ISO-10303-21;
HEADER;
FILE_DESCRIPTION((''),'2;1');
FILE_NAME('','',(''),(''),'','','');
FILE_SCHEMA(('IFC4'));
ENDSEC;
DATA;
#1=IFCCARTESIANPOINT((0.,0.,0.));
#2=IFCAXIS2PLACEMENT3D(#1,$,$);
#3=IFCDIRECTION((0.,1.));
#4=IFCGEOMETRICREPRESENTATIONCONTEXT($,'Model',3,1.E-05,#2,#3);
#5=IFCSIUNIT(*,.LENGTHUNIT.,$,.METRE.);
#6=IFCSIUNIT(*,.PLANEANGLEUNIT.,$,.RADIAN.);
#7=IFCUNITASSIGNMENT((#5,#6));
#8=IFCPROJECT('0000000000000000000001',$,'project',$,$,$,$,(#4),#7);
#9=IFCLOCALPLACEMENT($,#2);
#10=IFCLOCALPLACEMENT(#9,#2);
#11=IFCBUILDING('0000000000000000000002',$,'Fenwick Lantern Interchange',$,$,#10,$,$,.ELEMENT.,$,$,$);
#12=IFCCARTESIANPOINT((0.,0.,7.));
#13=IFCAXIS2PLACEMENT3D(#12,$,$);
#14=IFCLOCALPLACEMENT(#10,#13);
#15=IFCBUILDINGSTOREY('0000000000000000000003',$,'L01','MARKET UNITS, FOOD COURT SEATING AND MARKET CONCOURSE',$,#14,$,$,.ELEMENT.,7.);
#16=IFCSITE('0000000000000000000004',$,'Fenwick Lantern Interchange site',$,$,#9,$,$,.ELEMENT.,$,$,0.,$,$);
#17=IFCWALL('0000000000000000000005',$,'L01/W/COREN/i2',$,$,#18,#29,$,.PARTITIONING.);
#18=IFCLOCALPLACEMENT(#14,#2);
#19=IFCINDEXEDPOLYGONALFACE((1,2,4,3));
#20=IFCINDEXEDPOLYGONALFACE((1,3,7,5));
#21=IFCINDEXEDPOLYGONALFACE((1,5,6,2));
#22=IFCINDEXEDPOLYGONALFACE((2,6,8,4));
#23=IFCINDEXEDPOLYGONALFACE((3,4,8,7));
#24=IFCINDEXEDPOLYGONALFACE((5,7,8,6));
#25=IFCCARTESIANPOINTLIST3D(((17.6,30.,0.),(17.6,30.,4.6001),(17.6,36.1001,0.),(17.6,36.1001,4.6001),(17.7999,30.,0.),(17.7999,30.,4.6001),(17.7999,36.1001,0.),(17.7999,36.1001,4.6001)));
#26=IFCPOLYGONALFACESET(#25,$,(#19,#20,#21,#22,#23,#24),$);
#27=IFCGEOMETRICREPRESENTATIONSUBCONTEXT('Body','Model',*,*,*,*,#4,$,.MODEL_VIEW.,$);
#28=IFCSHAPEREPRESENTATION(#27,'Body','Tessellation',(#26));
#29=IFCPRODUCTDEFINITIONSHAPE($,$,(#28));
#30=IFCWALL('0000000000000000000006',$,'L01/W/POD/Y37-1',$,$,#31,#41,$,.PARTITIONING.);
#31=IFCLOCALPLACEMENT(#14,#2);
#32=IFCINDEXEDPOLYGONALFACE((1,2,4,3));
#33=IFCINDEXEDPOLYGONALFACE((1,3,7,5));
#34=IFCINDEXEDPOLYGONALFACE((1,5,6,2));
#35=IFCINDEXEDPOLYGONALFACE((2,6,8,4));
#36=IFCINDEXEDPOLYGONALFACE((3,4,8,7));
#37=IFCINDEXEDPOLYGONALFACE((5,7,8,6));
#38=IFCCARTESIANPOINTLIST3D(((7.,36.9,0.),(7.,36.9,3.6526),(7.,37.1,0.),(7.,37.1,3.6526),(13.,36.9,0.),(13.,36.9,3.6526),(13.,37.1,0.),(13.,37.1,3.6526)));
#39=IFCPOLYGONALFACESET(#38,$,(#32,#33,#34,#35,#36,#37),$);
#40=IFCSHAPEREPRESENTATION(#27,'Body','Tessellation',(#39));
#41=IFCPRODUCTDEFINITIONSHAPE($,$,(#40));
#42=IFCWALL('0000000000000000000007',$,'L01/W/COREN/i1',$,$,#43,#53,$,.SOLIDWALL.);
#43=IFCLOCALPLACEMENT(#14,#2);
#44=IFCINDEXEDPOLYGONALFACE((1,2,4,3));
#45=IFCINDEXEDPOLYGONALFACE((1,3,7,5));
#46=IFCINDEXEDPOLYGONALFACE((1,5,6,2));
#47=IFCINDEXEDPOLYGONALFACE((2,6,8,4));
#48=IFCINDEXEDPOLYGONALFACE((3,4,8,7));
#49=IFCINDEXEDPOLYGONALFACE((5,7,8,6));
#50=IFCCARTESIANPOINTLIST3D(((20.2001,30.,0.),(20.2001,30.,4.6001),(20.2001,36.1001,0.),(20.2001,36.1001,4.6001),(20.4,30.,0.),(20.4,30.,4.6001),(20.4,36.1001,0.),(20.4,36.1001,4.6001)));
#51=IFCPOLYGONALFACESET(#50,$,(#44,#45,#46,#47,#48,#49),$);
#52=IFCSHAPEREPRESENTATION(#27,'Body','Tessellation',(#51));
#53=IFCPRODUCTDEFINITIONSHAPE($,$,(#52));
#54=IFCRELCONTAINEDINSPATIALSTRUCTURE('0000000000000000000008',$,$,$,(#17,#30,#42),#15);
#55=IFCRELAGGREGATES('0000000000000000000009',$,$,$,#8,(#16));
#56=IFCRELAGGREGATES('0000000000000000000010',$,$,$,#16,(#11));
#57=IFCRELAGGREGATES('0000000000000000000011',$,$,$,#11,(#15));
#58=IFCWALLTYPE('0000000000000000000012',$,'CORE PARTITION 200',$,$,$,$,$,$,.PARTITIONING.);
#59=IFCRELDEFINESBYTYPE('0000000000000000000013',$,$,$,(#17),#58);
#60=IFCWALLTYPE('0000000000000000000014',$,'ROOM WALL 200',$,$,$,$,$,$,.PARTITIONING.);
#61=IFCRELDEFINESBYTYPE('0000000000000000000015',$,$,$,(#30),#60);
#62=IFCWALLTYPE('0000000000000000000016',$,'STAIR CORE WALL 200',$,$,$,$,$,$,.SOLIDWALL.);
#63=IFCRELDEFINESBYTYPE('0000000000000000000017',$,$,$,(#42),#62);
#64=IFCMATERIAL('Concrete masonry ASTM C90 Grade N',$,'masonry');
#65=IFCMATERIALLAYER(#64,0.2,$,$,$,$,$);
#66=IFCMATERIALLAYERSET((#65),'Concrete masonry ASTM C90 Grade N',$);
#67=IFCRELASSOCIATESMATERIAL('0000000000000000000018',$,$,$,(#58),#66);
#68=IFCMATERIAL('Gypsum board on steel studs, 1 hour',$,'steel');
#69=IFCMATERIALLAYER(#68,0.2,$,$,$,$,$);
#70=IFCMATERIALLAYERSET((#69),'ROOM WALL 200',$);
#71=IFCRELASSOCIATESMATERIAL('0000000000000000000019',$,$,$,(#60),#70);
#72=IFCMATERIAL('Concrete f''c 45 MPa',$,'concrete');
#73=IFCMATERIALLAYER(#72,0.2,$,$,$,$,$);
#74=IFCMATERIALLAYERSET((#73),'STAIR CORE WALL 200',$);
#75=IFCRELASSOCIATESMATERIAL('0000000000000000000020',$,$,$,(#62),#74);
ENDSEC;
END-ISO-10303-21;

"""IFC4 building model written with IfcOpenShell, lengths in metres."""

from ifc_helpers import new_model, si_unit, direction, frame, frame_2d, origin, place, context, subcontext, project, spatial, rectangle, extrude, material, layer, layer_set, type_object, element, save


model = new_model("IFC4")

# Units and contexts
model_context = context("Model", 3, precision=1e-05, world=origin(), true_north=direction((0.0, 1.0)))
body_context = subcontext(model_context, "Body", "Model", "MODEL_VIEW")
ifc_project = project(units=[si_unit("LENGTHUNIT", "METRE"), si_unit("PLANEANGLEUNIT", "RADIAN")], contexts=[model_context])

# Site, building, storey
site_placement = place(None, origin())
site = spatial("IfcSite", under=ifc_project, at=site_placement, Name="Fenwick Lantern Interchange site", CompositionType="ELEMENT", RefElevation=0.0)
building_placement = place(site_placement, origin())
building = spatial("IfcBuilding", under=site, at=building_placement, Name="Fenwick Lantern Interchange", CompositionType="ELEMENT")
storey_placement = place(building_placement, frame((0.0, 0.0, 7.0)))
storey = spatial("IfcBuildingStorey", under=building, at=storey_placement, Name="L01", Description="MARKET UNITS, FOOD COURT SEATING AND MARKET CONCOURSE", CompositionType="ELEMENT", Elevation=7.0)

# Walls
ifc_material_1 = material(Name="Concrete masonry ASTM C90 Grade N", Category="masonry")
ifc_layer_1 = layer(ifc_material_1, 0.2)
ifc_layer_set_1 = layer_set([ifc_layer_1], Name="Concrete masonry ASTM C90 Grade N")
wall_type_1 = type_object("IfcWallType", Name="CORE PARTITION 200", PredefinedType="PARTITIONING", material=ifc_layer_set_1)
wall_1_placement = place(storey_placement, frame((17.7, 36.1001, 0.0), z_axis=(0.0, 0.0, 1.0), x_axis=(0.0, -1.0, 0.0)))
element("IfcWall", 1, at=wall_1_placement, inside=storey, type_object=wall_type_1, Name="L01/W/COREN/i2", PredefinedType="PARTITIONING", context=body_context, shape_type="SweptSolid", body=[
    extrude(rectangle(XDim=6.1001, YDim=0.2, at=frame_2d((3.05, 0.0))), origin(), (0.0, 0.0, 1.0), 4.6001),
])
ifc_material_2 = material(Name="Gypsum board on steel studs, 1 hour", Category="steel")
ifc_layer_2 = layer(ifc_material_2, 0.2)
ifc_layer_set_2 = layer_set([ifc_layer_2], Name="ROOM WALL 200")
wall_type_2 = type_object("IfcWallType", Name="ROOM WALL 200", PredefinedType="PARTITIONING", material=ifc_layer_set_2)
wall_2_placement = place(storey_placement, frame((7.0, 37.0, 0.0), z_axis=(0.0, 0.0, 1.0), x_axis=(1.0, 0.0, 0.0)))
element("IfcWall", 2, at=wall_2_placement, inside=storey, type_object=wall_type_2, Name="L01/W/POD/Y37-1", PredefinedType="PARTITIONING", context=body_context, shape_type="SweptSolid", body=[
    extrude(rectangle(XDim=6.0, YDim=0.2, at=frame_2d((3.0, 0.0))), origin(), (0.0, 0.0, 1.0), 3.6526),
])
ifc_material_3 = material(Name="Concrete f'c 45 MPa", Category="concrete")
ifc_layer_3 = layer(ifc_material_3, 0.2)
ifc_layer_set_3 = layer_set([ifc_layer_3], Name="STAIR CORE WALL 200")
wall_type_3 = type_object("IfcWallType", Name="STAIR CORE WALL 200", PredefinedType="SOLIDWALL", material=ifc_layer_set_3)
wall_3_placement = place(storey_placement, frame((20.3, 36.1001, 0.0), z_axis=(0.0, 0.0, 1.0), x_axis=(0.0, -1.0, 0.0)))
element("IfcWall", 3, at=wall_3_placement, inside=storey, type_object=wall_type_3, Name="L01/W/COREN/i1", PredefinedType="SOLIDWALL", context=body_context, shape_type="SweptSolid", body=[
    extrude(rectangle(XDim=6.1001, YDim=0.2, at=frame_2d((3.05, 0.0))), origin(), (0.0, 0.0, 1.0), 4.6001),
])

save(model, "model.ifc")
